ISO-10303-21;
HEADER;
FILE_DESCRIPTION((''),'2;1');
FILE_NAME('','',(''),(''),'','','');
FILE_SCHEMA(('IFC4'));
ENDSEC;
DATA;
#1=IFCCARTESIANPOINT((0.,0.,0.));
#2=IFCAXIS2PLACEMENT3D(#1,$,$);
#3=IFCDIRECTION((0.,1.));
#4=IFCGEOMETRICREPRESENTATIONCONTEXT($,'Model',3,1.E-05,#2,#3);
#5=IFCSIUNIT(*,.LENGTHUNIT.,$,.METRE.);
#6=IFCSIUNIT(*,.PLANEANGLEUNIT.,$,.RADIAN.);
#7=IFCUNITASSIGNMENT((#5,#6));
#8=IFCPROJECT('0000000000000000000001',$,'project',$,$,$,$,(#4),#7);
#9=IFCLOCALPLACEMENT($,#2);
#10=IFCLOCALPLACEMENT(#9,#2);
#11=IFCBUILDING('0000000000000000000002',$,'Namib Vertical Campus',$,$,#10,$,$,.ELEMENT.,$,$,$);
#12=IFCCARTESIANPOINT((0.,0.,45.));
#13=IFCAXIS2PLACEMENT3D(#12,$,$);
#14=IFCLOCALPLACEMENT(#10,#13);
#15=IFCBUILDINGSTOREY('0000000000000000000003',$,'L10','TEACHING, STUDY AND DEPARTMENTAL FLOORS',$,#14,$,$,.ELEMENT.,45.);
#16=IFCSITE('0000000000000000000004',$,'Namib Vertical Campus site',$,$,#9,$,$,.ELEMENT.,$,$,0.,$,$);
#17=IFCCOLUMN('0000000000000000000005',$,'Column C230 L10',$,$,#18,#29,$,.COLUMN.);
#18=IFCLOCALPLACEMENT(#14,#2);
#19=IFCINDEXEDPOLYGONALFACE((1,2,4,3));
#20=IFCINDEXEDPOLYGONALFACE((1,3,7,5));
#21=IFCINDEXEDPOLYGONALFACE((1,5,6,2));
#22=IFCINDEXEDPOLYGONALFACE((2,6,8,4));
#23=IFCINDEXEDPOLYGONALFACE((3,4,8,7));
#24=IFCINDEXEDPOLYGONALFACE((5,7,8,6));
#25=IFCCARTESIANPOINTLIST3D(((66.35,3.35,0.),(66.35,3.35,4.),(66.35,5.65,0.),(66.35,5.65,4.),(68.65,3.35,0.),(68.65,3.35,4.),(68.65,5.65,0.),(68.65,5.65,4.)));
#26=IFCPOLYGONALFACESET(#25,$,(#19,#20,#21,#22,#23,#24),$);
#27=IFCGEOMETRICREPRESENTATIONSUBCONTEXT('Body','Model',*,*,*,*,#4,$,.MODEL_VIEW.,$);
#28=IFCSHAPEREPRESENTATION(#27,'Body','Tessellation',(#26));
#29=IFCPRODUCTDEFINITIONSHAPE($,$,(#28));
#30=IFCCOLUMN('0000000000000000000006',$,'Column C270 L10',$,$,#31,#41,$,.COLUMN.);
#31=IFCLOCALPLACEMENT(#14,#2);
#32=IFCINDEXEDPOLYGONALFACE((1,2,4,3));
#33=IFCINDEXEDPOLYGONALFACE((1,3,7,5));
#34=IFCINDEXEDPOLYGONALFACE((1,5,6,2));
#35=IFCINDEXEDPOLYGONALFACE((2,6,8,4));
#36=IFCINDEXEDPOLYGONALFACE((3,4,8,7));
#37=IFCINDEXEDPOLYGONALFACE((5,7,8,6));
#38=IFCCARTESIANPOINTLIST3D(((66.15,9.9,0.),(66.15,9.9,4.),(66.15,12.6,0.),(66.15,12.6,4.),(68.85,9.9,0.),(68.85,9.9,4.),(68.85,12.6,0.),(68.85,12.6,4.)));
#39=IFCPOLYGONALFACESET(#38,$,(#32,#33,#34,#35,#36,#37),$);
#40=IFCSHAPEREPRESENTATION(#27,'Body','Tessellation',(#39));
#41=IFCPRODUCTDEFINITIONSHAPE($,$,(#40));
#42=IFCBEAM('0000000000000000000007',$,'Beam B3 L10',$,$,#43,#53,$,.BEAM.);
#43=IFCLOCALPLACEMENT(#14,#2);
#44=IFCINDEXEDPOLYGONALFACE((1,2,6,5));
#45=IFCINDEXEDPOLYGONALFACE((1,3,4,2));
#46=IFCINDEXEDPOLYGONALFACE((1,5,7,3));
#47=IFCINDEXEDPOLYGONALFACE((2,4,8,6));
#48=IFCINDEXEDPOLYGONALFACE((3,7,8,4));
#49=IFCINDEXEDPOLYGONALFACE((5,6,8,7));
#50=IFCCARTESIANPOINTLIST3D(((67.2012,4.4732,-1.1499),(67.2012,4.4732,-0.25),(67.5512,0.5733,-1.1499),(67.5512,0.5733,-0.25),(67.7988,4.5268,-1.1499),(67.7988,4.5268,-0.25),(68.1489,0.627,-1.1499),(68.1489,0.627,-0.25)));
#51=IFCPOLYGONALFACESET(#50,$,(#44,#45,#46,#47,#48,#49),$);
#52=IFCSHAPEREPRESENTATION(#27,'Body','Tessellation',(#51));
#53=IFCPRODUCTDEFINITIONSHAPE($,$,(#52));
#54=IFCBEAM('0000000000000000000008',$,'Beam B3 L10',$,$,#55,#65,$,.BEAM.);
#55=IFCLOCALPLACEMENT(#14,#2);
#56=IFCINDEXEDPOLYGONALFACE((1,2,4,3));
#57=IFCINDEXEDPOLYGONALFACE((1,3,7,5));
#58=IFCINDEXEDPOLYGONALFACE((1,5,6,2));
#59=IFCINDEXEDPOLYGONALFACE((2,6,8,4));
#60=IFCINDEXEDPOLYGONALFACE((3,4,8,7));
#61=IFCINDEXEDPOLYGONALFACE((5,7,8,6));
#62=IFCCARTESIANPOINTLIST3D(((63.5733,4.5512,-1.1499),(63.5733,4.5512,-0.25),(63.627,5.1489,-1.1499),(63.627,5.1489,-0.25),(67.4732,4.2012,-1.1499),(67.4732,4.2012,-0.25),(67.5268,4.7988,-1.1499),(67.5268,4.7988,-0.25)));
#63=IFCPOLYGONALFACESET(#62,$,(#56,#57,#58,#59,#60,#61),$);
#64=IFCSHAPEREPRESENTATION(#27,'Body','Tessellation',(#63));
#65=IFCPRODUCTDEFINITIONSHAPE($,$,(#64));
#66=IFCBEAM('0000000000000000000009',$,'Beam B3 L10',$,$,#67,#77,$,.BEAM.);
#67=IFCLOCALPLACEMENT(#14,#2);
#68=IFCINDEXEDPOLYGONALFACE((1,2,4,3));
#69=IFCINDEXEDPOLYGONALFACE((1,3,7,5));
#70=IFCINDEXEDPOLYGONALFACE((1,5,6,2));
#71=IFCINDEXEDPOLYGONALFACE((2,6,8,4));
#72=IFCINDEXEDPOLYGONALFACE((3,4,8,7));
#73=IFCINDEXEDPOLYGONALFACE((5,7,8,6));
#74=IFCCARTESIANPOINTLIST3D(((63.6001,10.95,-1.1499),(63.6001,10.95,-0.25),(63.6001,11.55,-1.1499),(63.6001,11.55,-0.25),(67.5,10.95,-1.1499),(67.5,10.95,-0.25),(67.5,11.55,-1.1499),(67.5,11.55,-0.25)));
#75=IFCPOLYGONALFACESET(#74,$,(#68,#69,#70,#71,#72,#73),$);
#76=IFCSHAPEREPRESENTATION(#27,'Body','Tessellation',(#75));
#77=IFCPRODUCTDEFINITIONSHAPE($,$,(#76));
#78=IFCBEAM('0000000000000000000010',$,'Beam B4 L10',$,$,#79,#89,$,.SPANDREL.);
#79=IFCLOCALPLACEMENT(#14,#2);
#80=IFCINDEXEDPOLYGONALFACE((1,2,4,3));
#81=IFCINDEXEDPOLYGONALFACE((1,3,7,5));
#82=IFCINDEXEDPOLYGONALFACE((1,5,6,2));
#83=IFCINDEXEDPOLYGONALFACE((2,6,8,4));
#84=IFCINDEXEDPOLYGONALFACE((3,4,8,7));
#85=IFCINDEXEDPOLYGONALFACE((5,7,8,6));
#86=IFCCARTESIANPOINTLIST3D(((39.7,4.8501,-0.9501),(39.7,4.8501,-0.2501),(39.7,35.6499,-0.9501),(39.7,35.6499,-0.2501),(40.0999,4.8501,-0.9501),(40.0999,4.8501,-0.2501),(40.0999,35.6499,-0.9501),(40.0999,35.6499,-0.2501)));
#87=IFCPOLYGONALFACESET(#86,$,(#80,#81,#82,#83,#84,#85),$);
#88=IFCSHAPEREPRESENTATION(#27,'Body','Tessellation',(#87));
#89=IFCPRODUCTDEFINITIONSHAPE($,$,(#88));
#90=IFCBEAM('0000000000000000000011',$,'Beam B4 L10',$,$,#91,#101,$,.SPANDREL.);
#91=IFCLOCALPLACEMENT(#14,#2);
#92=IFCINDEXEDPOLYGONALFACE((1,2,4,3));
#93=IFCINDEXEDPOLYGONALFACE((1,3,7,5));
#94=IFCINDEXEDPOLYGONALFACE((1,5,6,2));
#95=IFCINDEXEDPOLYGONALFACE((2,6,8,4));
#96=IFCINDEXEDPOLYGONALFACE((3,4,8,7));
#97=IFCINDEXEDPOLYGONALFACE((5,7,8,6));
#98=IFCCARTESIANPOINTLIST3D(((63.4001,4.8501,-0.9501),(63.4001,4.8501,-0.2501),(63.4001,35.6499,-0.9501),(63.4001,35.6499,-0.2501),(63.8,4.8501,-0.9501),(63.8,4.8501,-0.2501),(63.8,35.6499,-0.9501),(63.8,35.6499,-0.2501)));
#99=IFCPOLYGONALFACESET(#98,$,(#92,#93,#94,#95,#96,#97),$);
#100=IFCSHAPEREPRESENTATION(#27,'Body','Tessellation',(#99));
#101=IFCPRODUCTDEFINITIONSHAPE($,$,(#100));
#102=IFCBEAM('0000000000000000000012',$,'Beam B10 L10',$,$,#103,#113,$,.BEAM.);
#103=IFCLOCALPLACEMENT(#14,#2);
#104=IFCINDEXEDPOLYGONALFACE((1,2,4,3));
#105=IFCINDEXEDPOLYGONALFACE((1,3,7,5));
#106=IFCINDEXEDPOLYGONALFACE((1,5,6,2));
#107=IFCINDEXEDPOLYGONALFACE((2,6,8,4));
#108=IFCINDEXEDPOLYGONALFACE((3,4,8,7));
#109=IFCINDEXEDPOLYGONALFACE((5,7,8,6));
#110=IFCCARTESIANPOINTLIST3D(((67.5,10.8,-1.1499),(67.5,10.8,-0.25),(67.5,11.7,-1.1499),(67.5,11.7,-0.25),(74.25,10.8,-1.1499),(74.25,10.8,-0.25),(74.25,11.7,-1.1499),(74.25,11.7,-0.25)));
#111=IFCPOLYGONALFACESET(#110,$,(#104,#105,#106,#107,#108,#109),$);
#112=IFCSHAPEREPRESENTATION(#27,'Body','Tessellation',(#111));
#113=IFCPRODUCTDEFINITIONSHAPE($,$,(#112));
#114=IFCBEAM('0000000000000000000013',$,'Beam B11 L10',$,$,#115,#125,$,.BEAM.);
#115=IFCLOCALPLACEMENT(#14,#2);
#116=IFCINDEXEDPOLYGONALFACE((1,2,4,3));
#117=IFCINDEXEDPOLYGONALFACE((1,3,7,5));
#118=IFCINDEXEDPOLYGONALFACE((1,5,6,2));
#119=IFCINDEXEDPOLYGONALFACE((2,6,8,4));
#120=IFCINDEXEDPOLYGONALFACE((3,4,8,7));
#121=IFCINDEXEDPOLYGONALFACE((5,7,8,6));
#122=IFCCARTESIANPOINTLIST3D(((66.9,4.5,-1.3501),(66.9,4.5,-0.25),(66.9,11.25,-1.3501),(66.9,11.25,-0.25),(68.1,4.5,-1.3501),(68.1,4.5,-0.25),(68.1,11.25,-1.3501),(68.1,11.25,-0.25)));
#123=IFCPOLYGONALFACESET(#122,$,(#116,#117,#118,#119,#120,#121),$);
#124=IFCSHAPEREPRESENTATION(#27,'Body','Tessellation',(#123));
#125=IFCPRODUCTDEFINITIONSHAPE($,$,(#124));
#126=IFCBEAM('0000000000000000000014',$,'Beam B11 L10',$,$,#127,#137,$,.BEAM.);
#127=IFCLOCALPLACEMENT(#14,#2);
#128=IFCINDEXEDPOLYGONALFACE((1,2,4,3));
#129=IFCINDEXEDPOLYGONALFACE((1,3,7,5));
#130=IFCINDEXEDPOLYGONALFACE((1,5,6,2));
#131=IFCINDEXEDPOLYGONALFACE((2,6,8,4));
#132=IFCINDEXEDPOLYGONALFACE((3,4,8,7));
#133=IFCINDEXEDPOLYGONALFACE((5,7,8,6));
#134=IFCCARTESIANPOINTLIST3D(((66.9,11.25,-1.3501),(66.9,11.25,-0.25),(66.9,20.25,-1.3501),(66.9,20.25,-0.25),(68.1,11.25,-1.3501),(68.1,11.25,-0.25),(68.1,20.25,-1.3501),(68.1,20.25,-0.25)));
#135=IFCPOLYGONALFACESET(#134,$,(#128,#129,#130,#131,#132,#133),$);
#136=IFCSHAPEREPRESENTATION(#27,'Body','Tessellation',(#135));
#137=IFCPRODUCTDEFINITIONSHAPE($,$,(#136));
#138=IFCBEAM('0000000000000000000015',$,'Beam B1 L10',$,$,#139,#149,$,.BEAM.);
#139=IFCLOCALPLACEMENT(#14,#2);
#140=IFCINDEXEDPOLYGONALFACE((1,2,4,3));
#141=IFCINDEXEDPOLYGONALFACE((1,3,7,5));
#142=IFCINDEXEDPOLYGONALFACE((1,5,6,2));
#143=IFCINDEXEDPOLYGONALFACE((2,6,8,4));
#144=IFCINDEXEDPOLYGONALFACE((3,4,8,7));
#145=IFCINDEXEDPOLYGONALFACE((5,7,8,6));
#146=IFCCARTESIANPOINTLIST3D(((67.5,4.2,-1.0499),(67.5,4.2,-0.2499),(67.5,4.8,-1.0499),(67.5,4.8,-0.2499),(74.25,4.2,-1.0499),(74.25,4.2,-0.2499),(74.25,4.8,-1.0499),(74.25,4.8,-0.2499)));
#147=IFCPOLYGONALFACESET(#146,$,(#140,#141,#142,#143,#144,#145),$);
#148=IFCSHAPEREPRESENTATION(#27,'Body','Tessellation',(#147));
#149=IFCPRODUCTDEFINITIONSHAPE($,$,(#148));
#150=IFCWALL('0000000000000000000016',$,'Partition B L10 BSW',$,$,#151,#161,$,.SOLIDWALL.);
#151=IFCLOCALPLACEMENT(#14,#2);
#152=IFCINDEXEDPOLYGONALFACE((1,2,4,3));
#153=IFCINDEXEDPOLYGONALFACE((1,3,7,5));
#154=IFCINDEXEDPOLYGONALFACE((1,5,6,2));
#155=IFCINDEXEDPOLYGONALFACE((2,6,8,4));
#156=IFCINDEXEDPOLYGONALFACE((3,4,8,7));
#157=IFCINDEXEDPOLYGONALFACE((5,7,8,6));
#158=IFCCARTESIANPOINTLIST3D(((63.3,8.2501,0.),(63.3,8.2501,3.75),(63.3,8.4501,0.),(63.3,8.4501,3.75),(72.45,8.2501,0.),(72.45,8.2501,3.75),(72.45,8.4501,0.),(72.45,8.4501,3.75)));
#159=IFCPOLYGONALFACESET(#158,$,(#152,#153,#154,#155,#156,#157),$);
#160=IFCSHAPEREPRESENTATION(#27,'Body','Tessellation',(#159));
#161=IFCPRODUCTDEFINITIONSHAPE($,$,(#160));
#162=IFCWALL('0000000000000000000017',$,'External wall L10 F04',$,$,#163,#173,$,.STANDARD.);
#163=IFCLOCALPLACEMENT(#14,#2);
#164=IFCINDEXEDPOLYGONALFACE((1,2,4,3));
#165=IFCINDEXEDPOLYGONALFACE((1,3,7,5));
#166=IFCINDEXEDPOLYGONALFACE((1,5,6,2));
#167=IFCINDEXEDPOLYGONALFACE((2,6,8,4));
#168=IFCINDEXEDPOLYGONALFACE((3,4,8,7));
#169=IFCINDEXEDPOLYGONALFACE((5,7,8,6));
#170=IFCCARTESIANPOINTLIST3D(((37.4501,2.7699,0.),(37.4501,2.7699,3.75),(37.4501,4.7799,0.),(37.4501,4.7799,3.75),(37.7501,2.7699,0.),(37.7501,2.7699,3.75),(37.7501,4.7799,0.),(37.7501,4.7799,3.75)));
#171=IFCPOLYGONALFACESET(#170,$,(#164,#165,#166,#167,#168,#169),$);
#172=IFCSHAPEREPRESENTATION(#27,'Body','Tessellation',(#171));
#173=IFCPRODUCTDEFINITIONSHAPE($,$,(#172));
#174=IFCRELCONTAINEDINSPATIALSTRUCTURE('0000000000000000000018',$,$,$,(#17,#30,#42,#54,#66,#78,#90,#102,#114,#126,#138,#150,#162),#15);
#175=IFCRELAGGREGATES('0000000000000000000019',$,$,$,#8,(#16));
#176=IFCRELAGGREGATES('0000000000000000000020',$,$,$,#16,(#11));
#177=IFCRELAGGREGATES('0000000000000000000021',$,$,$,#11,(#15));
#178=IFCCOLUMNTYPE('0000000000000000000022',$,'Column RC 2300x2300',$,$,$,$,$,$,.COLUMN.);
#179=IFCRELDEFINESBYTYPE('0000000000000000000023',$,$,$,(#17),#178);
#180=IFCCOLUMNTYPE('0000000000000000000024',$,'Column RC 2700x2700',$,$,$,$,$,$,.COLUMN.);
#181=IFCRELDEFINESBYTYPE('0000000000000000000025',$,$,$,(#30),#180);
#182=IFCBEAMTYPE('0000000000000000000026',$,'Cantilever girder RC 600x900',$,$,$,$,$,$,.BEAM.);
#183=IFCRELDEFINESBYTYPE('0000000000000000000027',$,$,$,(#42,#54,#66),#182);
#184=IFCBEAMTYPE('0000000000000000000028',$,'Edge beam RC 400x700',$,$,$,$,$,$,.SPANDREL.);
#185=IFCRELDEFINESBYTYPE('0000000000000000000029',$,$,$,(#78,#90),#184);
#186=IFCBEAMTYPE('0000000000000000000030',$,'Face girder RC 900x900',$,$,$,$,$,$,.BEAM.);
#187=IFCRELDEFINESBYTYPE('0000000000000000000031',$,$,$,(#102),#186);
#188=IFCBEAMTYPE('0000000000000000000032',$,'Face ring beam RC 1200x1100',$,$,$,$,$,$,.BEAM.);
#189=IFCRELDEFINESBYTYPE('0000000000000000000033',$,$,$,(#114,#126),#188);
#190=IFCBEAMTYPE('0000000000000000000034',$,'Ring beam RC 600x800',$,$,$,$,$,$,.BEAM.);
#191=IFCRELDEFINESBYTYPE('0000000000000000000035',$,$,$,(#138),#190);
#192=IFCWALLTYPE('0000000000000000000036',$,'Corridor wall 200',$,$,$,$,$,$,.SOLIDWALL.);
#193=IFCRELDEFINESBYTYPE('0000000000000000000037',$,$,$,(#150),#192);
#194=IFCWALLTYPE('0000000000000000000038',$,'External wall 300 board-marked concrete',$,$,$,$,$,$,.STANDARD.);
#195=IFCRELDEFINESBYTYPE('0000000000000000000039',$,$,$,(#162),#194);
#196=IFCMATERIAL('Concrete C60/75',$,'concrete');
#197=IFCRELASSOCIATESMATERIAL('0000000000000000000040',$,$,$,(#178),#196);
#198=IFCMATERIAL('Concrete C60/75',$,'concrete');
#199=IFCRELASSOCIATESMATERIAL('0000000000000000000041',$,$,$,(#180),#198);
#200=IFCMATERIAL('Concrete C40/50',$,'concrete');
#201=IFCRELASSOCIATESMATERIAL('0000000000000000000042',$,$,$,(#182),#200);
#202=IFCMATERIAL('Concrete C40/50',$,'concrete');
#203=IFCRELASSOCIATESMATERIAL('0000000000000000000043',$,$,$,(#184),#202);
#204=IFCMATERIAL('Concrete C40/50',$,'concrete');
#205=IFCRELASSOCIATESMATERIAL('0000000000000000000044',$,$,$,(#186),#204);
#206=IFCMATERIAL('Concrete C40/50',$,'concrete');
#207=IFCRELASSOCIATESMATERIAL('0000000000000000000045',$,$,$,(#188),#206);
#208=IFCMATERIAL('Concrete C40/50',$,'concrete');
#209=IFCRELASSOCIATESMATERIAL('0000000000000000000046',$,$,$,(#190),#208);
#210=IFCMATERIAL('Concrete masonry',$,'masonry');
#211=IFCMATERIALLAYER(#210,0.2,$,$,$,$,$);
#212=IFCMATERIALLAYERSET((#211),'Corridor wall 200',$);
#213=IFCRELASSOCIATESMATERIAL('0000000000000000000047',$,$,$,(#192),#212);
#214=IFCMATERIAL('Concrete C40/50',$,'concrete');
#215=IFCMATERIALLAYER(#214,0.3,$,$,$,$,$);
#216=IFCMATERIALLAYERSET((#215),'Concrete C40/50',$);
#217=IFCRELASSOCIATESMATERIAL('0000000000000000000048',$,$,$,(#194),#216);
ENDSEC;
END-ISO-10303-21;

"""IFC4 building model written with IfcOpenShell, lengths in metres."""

from ifc_helpers import new_model, si_unit, direction, frame, frame_2d, origin, origin_2d, place, context, subcontext, project, spatial, rectangle, extrude, material, layer, layer_set, material_profile, profile_set, type_object, element, save


model = new_model("IFC4")

# Units and contexts
model_context = context("Model", 3, precision=1e-05, world=origin(), true_north=direction((0.0, 1.0)))
body_context = subcontext(model_context, "Body", "Model", "MODEL_VIEW")
ifc_project = project(units=[si_unit("LENGTHUNIT", "METRE"), si_unit("PLANEANGLEUNIT", "RADIAN")], contexts=[model_context])

# Site, building, storey
site_placement = place(None, origin())
site = spatial("IfcSite", under=ifc_project, at=site_placement, Name="Namib Vertical Campus site", CompositionType="ELEMENT", RefElevation=0.0)
building_placement = place(site_placement, origin())
building = spatial("IfcBuilding", under=site, at=building_placement, Name="Namib Vertical Campus", CompositionType="ELEMENT")
storey_placement = place(building_placement, frame((0.0, 0.0, 45.0)))
storey = spatial("IfcBuildingStorey", under=building, at=storey_placement, Name="L10", Description="TEACHING, STUDY AND DEPARTMENTAL FLOORS", CompositionType="ELEMENT", Elevation=45.0)

# Columns
ifc_material_1 = material(Name="Concrete C60/75", Category="concrete")
ifc_material_profile_1 = material_profile(ifc_material_1, rectangle(XDim=2.3, YDim=2.3, at=origin_2d()))
ifc_profile_set_1 = profile_set([ifc_material_profile_1], Name="Concrete C60/75")
column_type_1 = type_object("IfcColumnType", Name="Column RC 2300x2300", PredefinedType="COLUMN", material=ifc_profile_set_1)
column_1_placement = place(storey_placement, frame((67.5, 4.5, 0.0), z_axis=(0.0, 0.0, 1.0), x_axis=(1.0, 0.0, 0.0)))
element("IfcColumn", 1, at=column_1_placement, inside=storey, type_object=column_type_1, Name="Column C230 L10", PredefinedType="COLUMN", context=body_context, shape_type="SweptSolid", body=[
    extrude(rectangle(XDim=2.3, YDim=2.3, at=origin_2d()), origin(), (0.0, 0.0, 1.0), 4.0),
])
ifc_material_2 = material(Name="Concrete C60/75", Category="concrete")
ifc_material_profile_2 = material_profile(ifc_material_2, rectangle(XDim=2.7, YDim=2.7, at=origin_2d()))
ifc_profile_set_2 = profile_set([ifc_material_profile_2], Name="Concrete C60/75")
column_type_2 = type_object("IfcColumnType", Name="Column RC 2700x2700", PredefinedType="COLUMN", material=ifc_profile_set_2)
column_2_placement = place(storey_placement, frame((67.5, 11.25, 0.0), z_axis=(0.0, 0.0, 1.0), x_axis=(1.0, 0.0, 0.0)))
element("IfcColumn", 2, at=column_2_placement, inside=storey, type_object=column_type_2, Name="Column C270 L10", PredefinedType="COLUMN", context=body_context, shape_type="SweptSolid", body=[
    extrude(rectangle(XDim=2.7, YDim=2.7, at=origin_2d()), origin(), (0.0, 0.0, 1.0), 4.0),
])

# Beams
ifc_material_3 = material(Name="Concrete C40/50", Category="concrete")
ifc_material_profile_3 = material_profile(ifc_material_3, rectangle(XDim=0.6001, YDim=0.8999, at=origin_2d()))
ifc_profile_set_3 = profile_set([ifc_material_profile_3], Name="Concrete C40/50")
beam_type_1 = type_object("IfcBeamType", Name="Cantilever girder RC 600x900", PredefinedType="BEAM", material=ifc_profile_set_3)
for number, where, z_axis, x_axis, name in (
    (3, (67.5, 4.5, -0.7), (0.089411, -0.995995, 0.0), (0.995995, 0.089411, 0.0), "Beam B3 L10"),
    (4, (67.5, 4.5, -0.7), (-0.995995, 0.089411, 0.0), (-0.089411, -0.995995, 0.0), "Beam B3 L10"),
):
    element("IfcBeam", number, at=place(storey_placement, frame(where, z_axis=z_axis, x_axis=x_axis)), inside=storey, type_object=beam_type_1, Name=name, PredefinedType="BEAM", context=body_context, shape_type="SweptSolid", body=[
        extrude(rectangle(XDim=0.6001, YDim=0.8999, at=origin_2d()), origin(), (0.0, 0.0, 1.0), 3.9155),
    ])
beam_1_placement = place(storey_placement, frame((67.5, 11.25, -0.7), z_axis=(-1.0, 0.0, 0.0), x_axis=(0.0, -1.0, 0.0)))
element("IfcBeam", 5, at=beam_1_placement, inside=storey, type_object=beam_type_1, Name="Beam B3 L10", PredefinedType="BEAM", context=body_context, shape_type="SweptSolid", body=[
    extrude(rectangle(XDim=0.6001, YDim=0.8999, at=origin_2d()), origin(), (0.0, 0.0, 1.0), 3.8999),
])
ifc_material_4 = material(Name="Concrete C40/50", Category="concrete")
ifc_material_profile_4 = material_profile(ifc_material_4, rectangle(XDim=0.3999, YDim=0.7, at=origin_2d()))
ifc_profile_set_4 = profile_set([ifc_material_profile_4], Name="Concrete C40/50")
beam_type_2 = type_object("IfcBeamType", Name="Edge beam RC 400x700", PredefinedType="SPANDREL", material=ifc_profile_set_4)
for number, where, z_axis, x_axis, name in (
    (6, (39.8999, 4.8501, -0.6001), (0.0, 1.0, 0.0), (-1.0, 0.0, 0.0), "Beam B4 L10"),
    (7, (63.6001, 4.8501, -0.6001), (0.0, 1.0, 0.0), (-1.0, 0.0, 0.0), "Beam B4 L10"),
):
    element("IfcBeam", number, at=place(storey_placement, frame(where, z_axis=z_axis, x_axis=x_axis)), inside=storey, type_object=beam_type_2, Name=name, PredefinedType="SPANDREL", context=body_context, shape_type="SweptSolid", body=[
        extrude(rectangle(XDim=0.3999, YDim=0.7, at=origin_2d()), origin(), (0.0, 0.0, 1.0), 30.7998),
    ])
ifc_material_5 = material(Name="Concrete C40/50", Category="concrete")
ifc_material_profile_5 = material_profile(ifc_material_5, rectangle(XDim=0.8999, YDim=0.8999, at=origin_2d()))
ifc_profile_set_5 = profile_set([ifc_material_profile_5], Name="Concrete C40/50")
beam_type_3 = type_object("IfcBeamType", Name="Face girder RC 900x900", PredefinedType="BEAM", material=ifc_profile_set_5)
beam_2_placement = place(storey_placement, frame((67.5, 11.25, -0.7), z_axis=(1.0, 0.0, 0.0), x_axis=(0.0, 1.0, 0.0)))
element("IfcBeam", 8, at=beam_2_placement, inside=storey, type_object=beam_type_3, Name="Beam B10 L10", PredefinedType="BEAM", context=body_context, shape_type="SweptSolid", body=[
    extrude(rectangle(XDim=0.8999, YDim=0.8999, at=origin_2d()), origin(), (0.0, 0.0, 1.0), 6.75),
])
ifc_material_6 = material(Name="Concrete C40/50", Category="concrete")
ifc_material_profile_6 = material_profile(ifc_material_6, rectangle(XDim=1.2, YDim=1.1001, at=origin_2d()))
ifc_profile_set_6 = profile_set([ifc_material_profile_6], Name="Concrete C40/50")
beam_type_4 = type_object("IfcBeamType", Name="Face ring beam RC 1200x1100", PredefinedType="BEAM", material=ifc_profile_set_6)
beam_3_placement = place(storey_placement, frame((67.5, 4.5, -0.8), z_axis=(0.0, 1.0, 0.0), x_axis=(-1.0, 0.0, 0.0)))
element("IfcBeam", 9, at=beam_3_placement, inside=storey, type_object=beam_type_4, Name="Beam B11 L10", PredefinedType="BEAM", context=body_context, shape_type="SweptSolid", body=[
    extrude(rectangle(XDim=1.2, YDim=1.1001, at=origin_2d()), origin(), (0.0, 0.0, 1.0), 6.75),
])
beam_4_placement = place(storey_placement, frame((67.5, 11.25, -0.8), z_axis=(0.0, 1.0, 0.0), x_axis=(-1.0, 0.0, 0.0)))
element("IfcBeam", 10, at=beam_4_placement, inside=storey, type_object=beam_type_4, Name="Beam B11 L10", PredefinedType="BEAM", context=body_context, shape_type="SweptSolid", body=[
    extrude(rectangle(XDim=1.2, YDim=1.1001, at=origin_2d()), origin(), (0.0, 0.0, 1.0), 9.0),
])
ifc_material_7 = material(Name="Concrete C40/50", Category="concrete")
ifc_material_profile_7 = material_profile(ifc_material_7, rectangle(XDim=0.6001, YDim=0.8, at=origin_2d()))
ifc_profile_set_7 = profile_set([ifc_material_profile_7], Name="Concrete C40/50")
beam_type_5 = type_object("IfcBeamType", Name="Ring beam RC 600x800", PredefinedType="BEAM", material=ifc_profile_set_7)
beam_5_placement = place(storey_placement, frame((67.5, 4.5, -0.6499), z_axis=(1.0, 0.0, 0.0), x_axis=(0.0, 1.0, 0.0)))
element("IfcBeam", 11, at=beam_5_placement, inside=storey, type_object=beam_type_5, Name="Beam B1 L10", PredefinedType="BEAM", context=body_context, shape_type="SweptSolid", body=[
    extrude(rectangle(XDim=0.6001, YDim=0.8, at=origin_2d()), origin(), (0.0, 0.0, 1.0), 6.75),
])

# Walls
ifc_material_8 = material(Name="Concrete masonry", Category="masonry")
ifc_layer_1 = layer(ifc_material_8, 0.2)
ifc_layer_set_1 = layer_set([ifc_layer_1], Name="Corridor wall 200")
wall_type_1 = type_object("IfcWallType", Name="Corridor wall 200", PredefinedType="SOLIDWALL", material=ifc_layer_set_1)
wall_1_placement = place(storey_placement, frame((63.3, 8.3501, 0.0), z_axis=(0.0, 0.0, 1.0), x_axis=(1.0, 0.0, 0.0)))
element("IfcWall", 12, at=wall_1_placement, inside=storey, type_object=wall_type_1, Name="Partition B L10 BSW", PredefinedType="SOLIDWALL", context=body_context, shape_type="SweptSolid", body=[
    extrude(rectangle(XDim=9.1499, YDim=0.2, at=frame_2d((4.575, 0.0))), origin(), (0.0, 0.0, 1.0), 3.75),
])
ifc_material_9 = material(Name="Concrete C40/50", Category="concrete")
ifc_layer_2 = layer(ifc_material_9, 0.3)
ifc_layer_set_2 = layer_set([ifc_layer_2], Name="Concrete C40/50")
wall_type_2 = type_object("IfcWallType", Name="External wall 300 board-marked concrete", PredefinedType="STANDARD", material=ifc_layer_set_2)
wall_2_placement = place(storey_placement, frame((37.6001, 2.77, 0.0), z_axis=(0.0, 0.0, 1.0), x_axis=(0.0, 1.0, 0.0)))
element("IfcWall", 13, at=wall_2_placement, inside=storey, type_object=wall_type_2, Name="External wall L10 F04", PredefinedType="STANDARD", context=body_context, shape_type="SweptSolid", body=[
    extrude(rectangle(XDim=2.01, YDim=0.3, at=frame_2d((1.0049, 0.0))), origin(), (0.0, 0.0, 1.0), 3.75),
])

save(model, "model.ifc")
